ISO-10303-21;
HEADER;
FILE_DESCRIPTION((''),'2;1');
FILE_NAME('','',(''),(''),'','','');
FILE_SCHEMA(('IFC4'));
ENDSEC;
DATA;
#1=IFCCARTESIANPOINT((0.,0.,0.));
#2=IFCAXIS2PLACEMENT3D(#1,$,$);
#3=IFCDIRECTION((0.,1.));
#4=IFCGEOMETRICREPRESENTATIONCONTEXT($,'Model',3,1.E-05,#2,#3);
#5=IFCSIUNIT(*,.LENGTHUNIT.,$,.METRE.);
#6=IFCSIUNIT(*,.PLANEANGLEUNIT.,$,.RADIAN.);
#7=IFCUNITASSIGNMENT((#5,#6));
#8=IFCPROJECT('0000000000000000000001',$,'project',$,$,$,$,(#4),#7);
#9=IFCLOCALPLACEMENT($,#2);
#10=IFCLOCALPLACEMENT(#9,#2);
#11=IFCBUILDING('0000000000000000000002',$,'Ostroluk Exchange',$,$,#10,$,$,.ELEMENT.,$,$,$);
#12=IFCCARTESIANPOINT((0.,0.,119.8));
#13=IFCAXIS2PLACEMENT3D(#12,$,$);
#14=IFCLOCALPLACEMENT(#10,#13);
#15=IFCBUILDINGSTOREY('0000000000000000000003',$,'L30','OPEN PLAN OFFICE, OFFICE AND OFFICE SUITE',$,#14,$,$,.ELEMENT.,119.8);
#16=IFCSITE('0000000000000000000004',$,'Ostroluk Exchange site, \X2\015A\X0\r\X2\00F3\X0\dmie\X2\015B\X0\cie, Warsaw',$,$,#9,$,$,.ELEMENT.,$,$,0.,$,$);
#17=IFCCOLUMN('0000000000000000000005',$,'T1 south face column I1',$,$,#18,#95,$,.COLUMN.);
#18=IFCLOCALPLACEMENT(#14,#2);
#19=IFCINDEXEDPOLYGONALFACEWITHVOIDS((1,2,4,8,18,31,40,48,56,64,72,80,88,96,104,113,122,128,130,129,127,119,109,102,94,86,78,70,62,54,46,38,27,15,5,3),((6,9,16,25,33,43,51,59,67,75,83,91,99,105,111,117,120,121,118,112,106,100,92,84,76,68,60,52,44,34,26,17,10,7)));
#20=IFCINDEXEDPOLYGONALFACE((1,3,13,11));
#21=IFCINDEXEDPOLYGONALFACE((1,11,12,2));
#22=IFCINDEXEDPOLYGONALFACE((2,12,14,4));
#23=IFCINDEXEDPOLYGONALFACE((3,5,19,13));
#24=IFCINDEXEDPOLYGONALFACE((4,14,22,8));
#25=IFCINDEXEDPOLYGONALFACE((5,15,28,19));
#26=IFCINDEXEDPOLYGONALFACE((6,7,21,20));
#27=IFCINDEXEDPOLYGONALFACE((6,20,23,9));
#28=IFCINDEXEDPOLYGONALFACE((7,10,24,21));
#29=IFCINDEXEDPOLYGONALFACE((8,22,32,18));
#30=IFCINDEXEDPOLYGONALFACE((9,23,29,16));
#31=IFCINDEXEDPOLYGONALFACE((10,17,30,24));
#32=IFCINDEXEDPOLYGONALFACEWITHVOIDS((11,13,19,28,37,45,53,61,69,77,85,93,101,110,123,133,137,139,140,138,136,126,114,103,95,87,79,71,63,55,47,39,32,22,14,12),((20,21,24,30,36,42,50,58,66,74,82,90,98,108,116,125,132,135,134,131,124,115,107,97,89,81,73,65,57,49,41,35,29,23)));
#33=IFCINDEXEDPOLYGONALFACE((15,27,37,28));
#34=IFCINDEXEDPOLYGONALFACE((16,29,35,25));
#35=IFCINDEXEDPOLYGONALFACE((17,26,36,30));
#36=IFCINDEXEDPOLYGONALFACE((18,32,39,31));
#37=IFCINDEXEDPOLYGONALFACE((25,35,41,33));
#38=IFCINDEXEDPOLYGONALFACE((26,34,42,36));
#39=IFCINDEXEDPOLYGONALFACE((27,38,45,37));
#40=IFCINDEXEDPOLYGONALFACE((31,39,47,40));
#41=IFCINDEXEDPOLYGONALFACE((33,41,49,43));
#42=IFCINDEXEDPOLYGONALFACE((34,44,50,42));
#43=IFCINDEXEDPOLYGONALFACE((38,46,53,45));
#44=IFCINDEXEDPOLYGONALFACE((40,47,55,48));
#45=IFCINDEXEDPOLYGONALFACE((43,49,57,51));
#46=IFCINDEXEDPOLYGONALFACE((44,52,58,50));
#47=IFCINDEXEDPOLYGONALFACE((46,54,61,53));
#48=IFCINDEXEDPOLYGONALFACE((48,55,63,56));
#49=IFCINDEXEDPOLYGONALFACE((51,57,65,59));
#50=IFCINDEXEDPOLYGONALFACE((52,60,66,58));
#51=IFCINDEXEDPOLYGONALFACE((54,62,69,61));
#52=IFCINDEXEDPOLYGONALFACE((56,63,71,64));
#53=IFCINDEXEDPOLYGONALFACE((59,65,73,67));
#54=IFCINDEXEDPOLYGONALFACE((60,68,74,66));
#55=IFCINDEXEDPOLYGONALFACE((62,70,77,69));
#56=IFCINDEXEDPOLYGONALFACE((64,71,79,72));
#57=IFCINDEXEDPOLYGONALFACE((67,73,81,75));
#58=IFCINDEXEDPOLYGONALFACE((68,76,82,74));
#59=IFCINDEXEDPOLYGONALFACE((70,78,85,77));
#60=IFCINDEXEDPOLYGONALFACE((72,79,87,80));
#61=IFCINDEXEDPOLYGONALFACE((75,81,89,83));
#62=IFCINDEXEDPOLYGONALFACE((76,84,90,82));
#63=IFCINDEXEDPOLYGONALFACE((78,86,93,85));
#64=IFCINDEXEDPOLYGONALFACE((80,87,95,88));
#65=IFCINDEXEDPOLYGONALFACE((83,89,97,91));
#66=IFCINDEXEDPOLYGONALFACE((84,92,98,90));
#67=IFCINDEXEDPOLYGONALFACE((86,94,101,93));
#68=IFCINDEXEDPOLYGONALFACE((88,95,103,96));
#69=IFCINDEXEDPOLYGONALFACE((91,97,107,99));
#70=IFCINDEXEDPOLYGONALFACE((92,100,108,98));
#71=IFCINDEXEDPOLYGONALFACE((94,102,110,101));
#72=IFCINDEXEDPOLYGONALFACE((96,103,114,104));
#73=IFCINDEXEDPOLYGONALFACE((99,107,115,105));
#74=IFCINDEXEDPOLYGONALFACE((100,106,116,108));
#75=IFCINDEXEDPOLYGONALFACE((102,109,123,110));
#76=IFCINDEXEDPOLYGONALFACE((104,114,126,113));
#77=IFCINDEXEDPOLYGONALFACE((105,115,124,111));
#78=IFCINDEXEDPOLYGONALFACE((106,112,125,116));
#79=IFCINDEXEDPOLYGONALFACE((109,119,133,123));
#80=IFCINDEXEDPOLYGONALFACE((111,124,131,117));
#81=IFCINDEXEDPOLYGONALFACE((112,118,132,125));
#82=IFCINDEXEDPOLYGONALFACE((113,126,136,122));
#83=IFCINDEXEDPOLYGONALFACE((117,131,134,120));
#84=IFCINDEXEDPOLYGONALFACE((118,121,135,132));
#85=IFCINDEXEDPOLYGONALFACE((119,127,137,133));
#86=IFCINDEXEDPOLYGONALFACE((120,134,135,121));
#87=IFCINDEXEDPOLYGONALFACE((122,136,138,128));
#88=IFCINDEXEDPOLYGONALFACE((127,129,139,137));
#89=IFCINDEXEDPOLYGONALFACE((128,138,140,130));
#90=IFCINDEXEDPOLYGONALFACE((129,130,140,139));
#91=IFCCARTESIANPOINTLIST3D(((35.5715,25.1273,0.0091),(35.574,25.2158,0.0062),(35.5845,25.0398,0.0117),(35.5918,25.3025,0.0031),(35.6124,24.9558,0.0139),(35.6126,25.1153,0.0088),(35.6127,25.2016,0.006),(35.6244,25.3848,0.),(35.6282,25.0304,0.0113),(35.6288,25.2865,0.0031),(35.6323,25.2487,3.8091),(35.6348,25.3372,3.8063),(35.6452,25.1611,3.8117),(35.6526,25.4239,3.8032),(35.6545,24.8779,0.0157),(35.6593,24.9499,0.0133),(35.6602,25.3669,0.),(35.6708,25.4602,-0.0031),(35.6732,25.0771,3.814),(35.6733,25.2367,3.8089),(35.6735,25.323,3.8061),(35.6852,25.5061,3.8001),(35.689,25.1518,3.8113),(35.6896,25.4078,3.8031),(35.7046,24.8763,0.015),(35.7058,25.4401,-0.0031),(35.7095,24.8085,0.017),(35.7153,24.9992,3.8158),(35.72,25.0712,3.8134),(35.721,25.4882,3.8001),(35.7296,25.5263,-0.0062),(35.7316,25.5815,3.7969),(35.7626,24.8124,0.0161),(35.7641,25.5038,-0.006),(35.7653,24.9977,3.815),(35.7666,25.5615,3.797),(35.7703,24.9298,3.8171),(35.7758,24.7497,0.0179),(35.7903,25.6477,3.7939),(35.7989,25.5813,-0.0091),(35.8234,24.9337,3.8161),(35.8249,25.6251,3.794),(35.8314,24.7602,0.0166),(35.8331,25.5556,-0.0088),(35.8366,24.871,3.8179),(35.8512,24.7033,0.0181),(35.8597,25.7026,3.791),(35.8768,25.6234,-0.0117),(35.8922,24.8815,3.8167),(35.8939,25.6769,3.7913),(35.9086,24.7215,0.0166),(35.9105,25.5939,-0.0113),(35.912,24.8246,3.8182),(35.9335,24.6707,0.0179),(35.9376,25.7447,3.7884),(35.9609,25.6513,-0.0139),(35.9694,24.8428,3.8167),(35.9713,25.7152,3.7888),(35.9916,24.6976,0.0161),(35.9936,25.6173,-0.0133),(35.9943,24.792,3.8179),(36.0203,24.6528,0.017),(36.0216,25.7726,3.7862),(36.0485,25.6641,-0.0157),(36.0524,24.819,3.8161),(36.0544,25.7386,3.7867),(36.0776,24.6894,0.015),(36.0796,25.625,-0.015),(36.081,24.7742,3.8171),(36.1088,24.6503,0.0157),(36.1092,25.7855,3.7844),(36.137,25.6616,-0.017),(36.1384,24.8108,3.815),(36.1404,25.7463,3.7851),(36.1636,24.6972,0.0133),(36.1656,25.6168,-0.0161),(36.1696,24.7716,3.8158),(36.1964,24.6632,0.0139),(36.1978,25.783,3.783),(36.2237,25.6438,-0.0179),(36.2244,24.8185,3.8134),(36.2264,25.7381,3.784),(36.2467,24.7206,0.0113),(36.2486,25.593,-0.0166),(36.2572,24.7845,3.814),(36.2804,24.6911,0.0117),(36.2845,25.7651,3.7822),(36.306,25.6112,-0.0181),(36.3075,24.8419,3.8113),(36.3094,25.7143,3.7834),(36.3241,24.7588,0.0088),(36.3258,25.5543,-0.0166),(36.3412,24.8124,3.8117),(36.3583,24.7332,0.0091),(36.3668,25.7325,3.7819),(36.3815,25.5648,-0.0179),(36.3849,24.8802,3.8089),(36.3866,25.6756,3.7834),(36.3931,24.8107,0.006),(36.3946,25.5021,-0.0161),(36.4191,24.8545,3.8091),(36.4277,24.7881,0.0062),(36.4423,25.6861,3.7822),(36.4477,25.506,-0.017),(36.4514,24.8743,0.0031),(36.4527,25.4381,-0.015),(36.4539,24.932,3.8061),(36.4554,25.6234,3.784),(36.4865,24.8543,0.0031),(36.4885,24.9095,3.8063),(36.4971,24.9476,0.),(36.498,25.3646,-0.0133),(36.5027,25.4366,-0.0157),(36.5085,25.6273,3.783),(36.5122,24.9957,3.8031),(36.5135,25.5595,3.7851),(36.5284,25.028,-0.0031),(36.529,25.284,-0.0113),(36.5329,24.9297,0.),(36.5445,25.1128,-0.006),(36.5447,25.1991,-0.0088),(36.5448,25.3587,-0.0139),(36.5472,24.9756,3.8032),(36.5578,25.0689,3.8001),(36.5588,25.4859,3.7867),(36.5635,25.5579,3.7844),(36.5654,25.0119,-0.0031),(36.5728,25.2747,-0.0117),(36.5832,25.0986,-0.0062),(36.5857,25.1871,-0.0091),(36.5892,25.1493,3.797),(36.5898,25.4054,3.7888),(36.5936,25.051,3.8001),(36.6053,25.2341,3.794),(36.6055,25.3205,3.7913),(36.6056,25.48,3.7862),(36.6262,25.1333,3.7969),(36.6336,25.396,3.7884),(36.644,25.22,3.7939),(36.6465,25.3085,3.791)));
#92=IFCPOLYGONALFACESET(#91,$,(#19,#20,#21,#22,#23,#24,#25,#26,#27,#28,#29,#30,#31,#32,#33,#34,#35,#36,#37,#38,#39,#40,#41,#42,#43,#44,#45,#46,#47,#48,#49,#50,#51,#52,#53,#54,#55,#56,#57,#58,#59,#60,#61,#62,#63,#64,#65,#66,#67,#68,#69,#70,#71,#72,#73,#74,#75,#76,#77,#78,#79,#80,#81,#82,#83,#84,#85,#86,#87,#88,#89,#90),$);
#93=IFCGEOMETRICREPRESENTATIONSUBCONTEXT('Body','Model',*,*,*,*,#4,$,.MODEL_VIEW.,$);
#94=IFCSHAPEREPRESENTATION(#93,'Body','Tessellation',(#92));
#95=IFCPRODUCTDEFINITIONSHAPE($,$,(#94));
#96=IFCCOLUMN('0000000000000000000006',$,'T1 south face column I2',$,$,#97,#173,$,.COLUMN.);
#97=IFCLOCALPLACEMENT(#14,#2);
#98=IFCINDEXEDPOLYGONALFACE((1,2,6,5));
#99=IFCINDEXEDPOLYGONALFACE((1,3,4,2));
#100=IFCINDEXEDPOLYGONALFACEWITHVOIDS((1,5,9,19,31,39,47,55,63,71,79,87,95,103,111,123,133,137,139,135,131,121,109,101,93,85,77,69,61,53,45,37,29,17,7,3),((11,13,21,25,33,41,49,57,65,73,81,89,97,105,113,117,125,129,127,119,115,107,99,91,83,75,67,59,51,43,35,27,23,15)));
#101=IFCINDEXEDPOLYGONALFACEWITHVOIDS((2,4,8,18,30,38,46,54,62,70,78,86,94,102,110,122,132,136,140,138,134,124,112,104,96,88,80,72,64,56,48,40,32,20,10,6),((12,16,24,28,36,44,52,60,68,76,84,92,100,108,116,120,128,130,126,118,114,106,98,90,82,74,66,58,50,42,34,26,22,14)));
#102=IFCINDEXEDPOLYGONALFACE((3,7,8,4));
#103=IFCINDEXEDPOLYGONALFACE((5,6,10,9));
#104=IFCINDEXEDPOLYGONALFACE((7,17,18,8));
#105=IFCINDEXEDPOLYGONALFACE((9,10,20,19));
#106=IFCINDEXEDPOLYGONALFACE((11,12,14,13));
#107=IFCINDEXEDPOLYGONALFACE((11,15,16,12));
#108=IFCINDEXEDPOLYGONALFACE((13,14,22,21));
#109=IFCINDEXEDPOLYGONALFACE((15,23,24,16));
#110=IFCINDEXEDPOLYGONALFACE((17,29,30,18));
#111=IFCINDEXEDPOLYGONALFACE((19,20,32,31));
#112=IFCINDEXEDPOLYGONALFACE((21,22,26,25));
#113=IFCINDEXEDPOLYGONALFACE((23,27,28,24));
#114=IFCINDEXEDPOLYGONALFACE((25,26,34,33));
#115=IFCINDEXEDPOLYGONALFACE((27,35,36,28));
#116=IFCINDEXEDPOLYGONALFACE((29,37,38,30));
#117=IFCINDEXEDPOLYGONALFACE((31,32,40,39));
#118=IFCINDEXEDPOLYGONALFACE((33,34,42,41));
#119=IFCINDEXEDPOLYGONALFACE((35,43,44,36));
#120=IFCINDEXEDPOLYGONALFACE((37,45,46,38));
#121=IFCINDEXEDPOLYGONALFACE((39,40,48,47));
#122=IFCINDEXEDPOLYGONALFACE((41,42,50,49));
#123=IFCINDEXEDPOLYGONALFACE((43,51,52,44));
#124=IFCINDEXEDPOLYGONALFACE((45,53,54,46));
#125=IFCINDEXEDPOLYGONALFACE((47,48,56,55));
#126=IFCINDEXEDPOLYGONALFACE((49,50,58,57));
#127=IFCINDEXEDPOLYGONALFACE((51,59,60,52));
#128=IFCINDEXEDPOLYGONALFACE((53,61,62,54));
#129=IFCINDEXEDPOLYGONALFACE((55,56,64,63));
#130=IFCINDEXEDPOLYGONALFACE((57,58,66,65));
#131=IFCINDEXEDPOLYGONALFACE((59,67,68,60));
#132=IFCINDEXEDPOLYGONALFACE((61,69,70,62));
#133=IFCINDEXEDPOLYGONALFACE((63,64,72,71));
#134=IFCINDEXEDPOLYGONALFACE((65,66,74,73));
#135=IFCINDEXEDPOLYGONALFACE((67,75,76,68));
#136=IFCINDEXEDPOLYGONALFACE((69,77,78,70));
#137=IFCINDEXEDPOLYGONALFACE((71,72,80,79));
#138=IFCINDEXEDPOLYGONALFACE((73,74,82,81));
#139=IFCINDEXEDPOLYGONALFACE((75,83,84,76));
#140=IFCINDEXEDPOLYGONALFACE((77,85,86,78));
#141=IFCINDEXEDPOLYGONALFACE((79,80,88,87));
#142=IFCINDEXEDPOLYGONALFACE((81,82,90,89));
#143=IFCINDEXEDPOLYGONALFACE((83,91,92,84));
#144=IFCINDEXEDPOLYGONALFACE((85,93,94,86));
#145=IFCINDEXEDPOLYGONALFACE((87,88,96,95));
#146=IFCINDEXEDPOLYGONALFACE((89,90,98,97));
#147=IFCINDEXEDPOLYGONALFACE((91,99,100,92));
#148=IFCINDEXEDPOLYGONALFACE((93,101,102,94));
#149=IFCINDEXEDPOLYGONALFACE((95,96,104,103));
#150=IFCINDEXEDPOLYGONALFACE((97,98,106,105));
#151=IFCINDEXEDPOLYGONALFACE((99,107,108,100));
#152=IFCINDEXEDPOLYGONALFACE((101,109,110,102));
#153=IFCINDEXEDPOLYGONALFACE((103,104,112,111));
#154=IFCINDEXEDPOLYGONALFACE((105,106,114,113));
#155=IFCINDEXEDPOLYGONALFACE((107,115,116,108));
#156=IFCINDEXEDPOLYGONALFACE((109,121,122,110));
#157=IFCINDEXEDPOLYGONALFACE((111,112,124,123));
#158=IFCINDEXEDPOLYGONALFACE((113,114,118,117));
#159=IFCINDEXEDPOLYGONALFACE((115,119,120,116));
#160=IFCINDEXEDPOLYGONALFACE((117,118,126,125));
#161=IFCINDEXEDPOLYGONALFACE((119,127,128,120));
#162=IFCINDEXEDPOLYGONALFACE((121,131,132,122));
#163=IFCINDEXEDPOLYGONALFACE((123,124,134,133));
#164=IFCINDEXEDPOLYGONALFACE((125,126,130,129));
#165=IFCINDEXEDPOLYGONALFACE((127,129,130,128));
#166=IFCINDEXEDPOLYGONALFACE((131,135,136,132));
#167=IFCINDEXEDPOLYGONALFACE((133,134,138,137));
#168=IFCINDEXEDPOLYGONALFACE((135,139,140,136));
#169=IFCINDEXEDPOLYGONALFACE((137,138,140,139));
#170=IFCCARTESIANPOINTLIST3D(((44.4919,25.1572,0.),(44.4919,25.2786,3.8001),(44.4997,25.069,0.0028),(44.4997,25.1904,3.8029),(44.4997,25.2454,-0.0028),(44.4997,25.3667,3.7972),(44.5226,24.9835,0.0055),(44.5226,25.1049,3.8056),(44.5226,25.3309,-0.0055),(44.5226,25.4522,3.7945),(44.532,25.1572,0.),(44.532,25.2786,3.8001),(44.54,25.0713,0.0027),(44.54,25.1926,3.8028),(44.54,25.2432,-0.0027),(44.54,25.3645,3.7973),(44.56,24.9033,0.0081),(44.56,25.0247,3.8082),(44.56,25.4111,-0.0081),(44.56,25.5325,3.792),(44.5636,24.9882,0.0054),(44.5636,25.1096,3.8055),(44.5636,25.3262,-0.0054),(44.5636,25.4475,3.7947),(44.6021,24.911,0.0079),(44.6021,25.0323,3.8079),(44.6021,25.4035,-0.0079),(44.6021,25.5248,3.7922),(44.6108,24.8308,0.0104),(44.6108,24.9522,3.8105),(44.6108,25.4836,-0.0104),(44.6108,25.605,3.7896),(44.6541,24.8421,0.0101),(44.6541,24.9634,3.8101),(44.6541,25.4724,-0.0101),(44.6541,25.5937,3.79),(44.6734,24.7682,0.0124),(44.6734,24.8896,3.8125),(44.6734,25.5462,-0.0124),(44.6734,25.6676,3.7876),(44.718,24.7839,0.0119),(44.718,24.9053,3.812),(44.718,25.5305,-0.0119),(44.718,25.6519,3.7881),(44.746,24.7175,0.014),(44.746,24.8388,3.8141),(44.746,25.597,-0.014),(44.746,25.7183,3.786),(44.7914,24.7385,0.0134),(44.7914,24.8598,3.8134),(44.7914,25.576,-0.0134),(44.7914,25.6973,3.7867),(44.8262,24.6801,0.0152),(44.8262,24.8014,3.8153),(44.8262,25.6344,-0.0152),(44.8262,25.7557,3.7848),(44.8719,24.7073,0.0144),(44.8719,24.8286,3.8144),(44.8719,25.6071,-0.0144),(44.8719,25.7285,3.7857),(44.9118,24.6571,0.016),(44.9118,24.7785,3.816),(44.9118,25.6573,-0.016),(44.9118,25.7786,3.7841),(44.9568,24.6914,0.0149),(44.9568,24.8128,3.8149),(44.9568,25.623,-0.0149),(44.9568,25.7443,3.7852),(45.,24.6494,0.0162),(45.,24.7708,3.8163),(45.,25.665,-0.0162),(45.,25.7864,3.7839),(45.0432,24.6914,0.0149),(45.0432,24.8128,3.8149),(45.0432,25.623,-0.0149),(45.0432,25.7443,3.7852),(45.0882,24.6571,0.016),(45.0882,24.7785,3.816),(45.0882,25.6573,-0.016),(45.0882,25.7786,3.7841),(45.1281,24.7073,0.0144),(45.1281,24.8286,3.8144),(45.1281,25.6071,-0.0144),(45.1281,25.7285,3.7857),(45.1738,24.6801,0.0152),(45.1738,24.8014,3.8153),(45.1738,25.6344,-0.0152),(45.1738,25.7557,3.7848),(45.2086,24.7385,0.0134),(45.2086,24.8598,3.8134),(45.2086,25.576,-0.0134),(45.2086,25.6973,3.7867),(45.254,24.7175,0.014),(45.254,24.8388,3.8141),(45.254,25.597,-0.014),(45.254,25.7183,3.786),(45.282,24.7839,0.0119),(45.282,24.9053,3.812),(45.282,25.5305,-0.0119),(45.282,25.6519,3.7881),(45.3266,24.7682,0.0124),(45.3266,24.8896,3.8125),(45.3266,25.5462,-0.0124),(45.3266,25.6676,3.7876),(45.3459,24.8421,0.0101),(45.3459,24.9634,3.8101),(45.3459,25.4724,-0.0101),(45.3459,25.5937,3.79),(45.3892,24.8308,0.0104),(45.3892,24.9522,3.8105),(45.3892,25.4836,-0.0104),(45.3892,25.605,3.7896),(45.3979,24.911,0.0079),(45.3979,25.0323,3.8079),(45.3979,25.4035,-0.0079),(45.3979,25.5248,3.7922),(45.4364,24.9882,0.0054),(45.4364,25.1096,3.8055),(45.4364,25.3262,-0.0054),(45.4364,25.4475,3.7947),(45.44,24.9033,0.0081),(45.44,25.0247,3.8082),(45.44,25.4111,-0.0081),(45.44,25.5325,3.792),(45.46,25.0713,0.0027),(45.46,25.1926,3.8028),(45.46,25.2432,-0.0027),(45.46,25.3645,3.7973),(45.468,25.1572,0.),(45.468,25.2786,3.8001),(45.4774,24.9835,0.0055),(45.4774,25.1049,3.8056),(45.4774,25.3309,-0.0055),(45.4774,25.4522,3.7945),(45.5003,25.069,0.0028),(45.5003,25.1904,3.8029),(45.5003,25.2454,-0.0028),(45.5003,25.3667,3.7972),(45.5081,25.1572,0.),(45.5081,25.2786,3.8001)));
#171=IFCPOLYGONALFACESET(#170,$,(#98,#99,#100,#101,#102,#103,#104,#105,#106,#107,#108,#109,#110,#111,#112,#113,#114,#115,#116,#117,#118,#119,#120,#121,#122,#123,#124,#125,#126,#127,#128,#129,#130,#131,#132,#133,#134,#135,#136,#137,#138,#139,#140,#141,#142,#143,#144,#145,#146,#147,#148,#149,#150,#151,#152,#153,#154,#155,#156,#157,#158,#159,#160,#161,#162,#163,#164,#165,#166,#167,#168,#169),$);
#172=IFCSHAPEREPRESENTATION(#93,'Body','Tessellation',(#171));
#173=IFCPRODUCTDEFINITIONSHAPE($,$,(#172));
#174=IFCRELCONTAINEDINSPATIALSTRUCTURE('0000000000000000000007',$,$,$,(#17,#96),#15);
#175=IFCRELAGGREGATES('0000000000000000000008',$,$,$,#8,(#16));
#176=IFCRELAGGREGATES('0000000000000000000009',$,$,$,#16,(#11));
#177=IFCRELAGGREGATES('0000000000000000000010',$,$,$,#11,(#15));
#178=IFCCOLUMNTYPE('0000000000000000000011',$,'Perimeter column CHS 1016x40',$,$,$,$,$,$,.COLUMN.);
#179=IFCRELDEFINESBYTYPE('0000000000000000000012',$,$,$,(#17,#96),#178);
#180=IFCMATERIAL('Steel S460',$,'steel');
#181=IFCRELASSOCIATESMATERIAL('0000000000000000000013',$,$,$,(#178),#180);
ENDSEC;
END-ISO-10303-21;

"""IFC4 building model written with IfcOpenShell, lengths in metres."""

from ifc_helpers import new_model, si_unit, direction, frame, origin, origin_2d, place, context, subcontext, project, spatial, hollow_circle, extrude, material, material_profile, profile_set, type_object, element, save


model = new_model("IFC4")

# Units and contexts
model_context = context("Model", 3, precision=1e-05, world=origin(), true_north=direction((0.0, 1.0)))
body_context = subcontext(model_context, "Body", "Model", "MODEL_VIEW")
ifc_project = project(units=[si_unit("LENGTHUNIT", "METRE"), si_unit("PLANEANGLEUNIT", "RADIAN")], contexts=[model_context])

# Site, building, storey
site_placement = place(None, origin())
site = spatial("IfcSite", under=ifc_project, at=site_placement, Name="Ostroluk Exchange site, Śródmieście, Warsaw", CompositionType="ELEMENT", RefElevation=0.0)
building_placement = place(site_placement, origin())
building = spatial("IfcBuilding", under=site, at=building_placement, Name="Ostroluk Exchange", CompositionType="ELEMENT")
storey_placement = place(building_placement, frame((0.0, 0.0, 119.8)))
storey = spatial("IfcBuildingStorey", under=building, at=storey_placement, Name="L30", Description="OPEN PLAN OFFICE, OFFICE AND OFFICE SUITE", CompositionType="ELEMENT", Elevation=119.8)

# Columns
ifc_material_1 = material(Name="Steel S460", Category="steel")
ifc_material_profile_1 = material_profile(ifc_material_1, hollow_circle(Radius=0.5081, WallThickness=0.04, at=origin_2d()), Name="CHS 1016x40")
ifc_profile_set_1 = profile_set([ifc_material_profile_1], Name="Steel S460")
column_type = type_object("IfcColumnType", Name="Perimeter column CHS 1016x40", PredefinedType="COLUMN", material=ifc_profile_set_1)
column_1_placement = place(storey_placement, frame((36.0786, 25.1572, 0.0), z_axis=(0.015987, 0.03191, 0.999363), x_axis=(-0.894067, 0.447933, 0.0)))
element("IfcColumn", 1, at=column_1_placement, inside=storey, type_object=column_type, Name="T1 south face column I1", PredefinedType="COLUMN", context=body_context, shape_type="SweptSolid", body=[
    extrude(hollow_circle(Radius=0.5081, WallThickness=0.04, at=origin_2d()), origin(), (0.0, 0.0, 1.0), 3.8025),
])
column_2_placement = place(storey_placement, frame((45.0, 25.1572, 0.0), z_axis=(0.0, 0.031914, 0.999491), x_axis=(-1.0, 0.0, 0.0)))
element("IfcColumn", 2, at=column_2_placement, inside=storey, type_object=column_type, Name="T1 south face column I2", PredefinedType="COLUMN", context=body_context, shape_type="SweptSolid", body=[
    extrude(hollow_circle(Radius=0.5081, WallThickness=0.04, at=origin_2d()), origin(), (0.0, 0.0, 1.0), 3.802),
])

save(model, "model.ifc")
